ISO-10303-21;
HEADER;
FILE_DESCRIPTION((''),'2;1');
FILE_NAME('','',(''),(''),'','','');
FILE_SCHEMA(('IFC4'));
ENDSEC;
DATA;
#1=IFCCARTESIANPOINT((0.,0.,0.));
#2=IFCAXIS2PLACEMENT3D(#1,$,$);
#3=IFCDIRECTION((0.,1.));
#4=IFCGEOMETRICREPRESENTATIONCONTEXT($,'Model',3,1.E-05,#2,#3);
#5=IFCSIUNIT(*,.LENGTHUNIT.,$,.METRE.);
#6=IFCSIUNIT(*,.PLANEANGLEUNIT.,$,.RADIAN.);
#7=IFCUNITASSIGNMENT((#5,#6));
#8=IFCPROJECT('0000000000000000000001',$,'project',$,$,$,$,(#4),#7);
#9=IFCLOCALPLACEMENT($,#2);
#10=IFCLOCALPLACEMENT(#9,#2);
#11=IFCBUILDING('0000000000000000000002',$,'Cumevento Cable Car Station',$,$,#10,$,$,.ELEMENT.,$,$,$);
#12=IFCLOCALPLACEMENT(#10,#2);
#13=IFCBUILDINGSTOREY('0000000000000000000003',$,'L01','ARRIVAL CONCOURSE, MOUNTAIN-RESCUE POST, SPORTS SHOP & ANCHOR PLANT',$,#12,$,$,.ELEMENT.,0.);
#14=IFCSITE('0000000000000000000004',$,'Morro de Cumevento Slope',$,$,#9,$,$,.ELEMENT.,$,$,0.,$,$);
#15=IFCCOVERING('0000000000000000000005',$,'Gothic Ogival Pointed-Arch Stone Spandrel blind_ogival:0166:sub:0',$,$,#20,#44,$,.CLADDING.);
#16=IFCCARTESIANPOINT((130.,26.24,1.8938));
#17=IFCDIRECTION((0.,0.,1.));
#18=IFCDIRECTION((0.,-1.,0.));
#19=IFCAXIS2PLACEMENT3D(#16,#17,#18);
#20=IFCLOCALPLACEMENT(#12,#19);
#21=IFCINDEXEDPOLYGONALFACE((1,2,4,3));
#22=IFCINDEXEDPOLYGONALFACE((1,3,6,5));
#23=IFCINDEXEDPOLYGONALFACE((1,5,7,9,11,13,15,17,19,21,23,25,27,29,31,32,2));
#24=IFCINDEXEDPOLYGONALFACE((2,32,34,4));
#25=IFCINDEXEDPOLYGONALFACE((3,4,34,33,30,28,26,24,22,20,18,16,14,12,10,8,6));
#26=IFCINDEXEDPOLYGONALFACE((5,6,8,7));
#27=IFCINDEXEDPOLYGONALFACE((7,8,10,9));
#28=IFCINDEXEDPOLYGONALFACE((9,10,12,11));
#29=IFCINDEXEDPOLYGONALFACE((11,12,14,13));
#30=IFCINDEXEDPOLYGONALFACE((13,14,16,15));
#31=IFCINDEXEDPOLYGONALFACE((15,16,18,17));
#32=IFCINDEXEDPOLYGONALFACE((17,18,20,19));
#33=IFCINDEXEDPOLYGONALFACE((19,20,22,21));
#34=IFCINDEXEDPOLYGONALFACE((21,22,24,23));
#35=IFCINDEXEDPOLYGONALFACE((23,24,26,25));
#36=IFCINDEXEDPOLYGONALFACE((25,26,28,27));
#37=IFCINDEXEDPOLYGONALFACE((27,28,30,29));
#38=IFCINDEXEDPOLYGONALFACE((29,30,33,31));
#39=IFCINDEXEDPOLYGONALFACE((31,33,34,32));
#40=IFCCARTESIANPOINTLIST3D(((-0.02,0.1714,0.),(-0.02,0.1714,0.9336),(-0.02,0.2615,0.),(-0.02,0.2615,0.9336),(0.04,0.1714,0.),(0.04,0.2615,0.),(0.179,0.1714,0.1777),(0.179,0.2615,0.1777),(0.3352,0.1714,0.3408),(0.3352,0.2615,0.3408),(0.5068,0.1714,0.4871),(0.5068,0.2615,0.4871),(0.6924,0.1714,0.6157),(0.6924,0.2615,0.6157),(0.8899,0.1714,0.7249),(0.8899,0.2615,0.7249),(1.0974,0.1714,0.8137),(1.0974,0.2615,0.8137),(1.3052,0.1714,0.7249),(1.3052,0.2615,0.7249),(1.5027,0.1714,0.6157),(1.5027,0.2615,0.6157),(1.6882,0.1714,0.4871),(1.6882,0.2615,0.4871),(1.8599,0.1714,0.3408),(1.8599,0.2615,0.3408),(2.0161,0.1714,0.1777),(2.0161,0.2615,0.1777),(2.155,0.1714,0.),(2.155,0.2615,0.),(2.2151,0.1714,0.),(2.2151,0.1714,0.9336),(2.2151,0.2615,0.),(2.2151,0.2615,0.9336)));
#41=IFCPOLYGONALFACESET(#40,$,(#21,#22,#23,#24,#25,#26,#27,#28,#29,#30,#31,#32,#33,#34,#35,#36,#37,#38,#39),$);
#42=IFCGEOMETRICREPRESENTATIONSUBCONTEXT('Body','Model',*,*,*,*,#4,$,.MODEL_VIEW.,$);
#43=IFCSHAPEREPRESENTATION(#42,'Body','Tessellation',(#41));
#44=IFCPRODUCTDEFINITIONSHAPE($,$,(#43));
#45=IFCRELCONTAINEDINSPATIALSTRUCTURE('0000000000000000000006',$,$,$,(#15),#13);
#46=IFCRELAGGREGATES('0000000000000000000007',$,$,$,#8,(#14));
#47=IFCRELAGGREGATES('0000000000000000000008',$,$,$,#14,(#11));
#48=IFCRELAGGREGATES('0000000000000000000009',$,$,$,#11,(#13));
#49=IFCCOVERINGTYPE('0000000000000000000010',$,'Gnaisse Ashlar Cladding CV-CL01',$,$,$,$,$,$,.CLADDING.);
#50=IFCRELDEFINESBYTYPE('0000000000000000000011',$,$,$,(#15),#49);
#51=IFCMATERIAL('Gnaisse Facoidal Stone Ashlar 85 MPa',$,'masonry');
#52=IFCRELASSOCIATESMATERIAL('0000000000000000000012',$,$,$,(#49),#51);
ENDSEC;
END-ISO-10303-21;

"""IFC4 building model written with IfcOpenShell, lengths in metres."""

from ifc_helpers import new_model, si_unit, direction, frame, origin, place, context, subcontext, project, spatial, polyline, outline, extrude, material, type_object, element, save


model = new_model("IFC4")

# Units and contexts
model_context = context("Model", 3, precision=1e-05, world=origin(), true_north=direction((0.0, 1.0)))
body_context = subcontext(model_context, "Body", "Model", "MODEL_VIEW")
ifc_project = project(units=[si_unit("LENGTHUNIT", "METRE"), si_unit("PLANEANGLEUNIT", "RADIAN")], contexts=[model_context])

# Site, building, storey
site_placement = place(None, origin())
site = spatial("IfcSite", under=ifc_project, at=site_placement, Name="Morro de Cumevento Slope", CompositionType="ELEMENT", RefElevation=0.0)
building_placement = place(site_placement, origin())
building = spatial("IfcBuilding", under=site, at=building_placement, Name="Cumevento Cable Car Station", CompositionType="ELEMENT")
storey_placement = place(building_placement, origin())
storey = spatial("IfcBuildingStorey", under=building, at=storey_placement, Name="L01", Description="ARRIVAL CONCOURSE, MOUNTAIN-RESCUE POST, SPORTS SHOP & ANCHOR PLANT", CompositionType="ELEMENT", Elevation=0.0)

# Covering
ifc_material_1 = material(Name="Gnaisse Facoidal Stone Ashlar 85 MPa", Category="masonry")
covering_type = type_object("IfcCoveringType", Name="Gnaisse Ashlar Cladding CV-CL01", PredefinedType="CLADDING", material=ifc_material_1)
covering_1_placement = place(storey_placement, frame((130.0, 26.24, 1.8938), z_axis=(0.0, 0.0, 1.0), x_axis=(0.0, -1.0, 0.0)))
element("IfcCovering", 1, at=covering_1_placement, inside=storey, type_object=covering_type, Name="Gothic Ogival Pointed-Arch Stone Spandrel blind_ogival:0166:sub:0", PredefinedType="CLADDING", context=body_context, shape_type="SweptSolid", body=[
    extrude(outline(polyline([(-0.02, 0.0), (-0.02, 0.9336), (2.2151, 0.9336), (2.2151, 0.0), (2.155, 0.0), (2.0161, 0.1777), (1.8599, 0.3408), (1.6882, 0.4871), (1.5027, 0.6157), (1.3052, 0.7249), (1.0974, 0.8137), (0.8899, 0.7249), (0.6924, 0.6157), (0.5068, 0.4871), (0.3352, 0.3408), (0.179, 0.1777), (0.04, 0.0), (-0.02, 0.0)])), frame((0.0, 0.2615, 0.0), z_axis=(0.0, -1.0, 0.0), x_axis=(1.0, 0.0, 0.0)), (0.0, 0.0, 1.0), 0.0901),
])

save(model, "model.ifc")
